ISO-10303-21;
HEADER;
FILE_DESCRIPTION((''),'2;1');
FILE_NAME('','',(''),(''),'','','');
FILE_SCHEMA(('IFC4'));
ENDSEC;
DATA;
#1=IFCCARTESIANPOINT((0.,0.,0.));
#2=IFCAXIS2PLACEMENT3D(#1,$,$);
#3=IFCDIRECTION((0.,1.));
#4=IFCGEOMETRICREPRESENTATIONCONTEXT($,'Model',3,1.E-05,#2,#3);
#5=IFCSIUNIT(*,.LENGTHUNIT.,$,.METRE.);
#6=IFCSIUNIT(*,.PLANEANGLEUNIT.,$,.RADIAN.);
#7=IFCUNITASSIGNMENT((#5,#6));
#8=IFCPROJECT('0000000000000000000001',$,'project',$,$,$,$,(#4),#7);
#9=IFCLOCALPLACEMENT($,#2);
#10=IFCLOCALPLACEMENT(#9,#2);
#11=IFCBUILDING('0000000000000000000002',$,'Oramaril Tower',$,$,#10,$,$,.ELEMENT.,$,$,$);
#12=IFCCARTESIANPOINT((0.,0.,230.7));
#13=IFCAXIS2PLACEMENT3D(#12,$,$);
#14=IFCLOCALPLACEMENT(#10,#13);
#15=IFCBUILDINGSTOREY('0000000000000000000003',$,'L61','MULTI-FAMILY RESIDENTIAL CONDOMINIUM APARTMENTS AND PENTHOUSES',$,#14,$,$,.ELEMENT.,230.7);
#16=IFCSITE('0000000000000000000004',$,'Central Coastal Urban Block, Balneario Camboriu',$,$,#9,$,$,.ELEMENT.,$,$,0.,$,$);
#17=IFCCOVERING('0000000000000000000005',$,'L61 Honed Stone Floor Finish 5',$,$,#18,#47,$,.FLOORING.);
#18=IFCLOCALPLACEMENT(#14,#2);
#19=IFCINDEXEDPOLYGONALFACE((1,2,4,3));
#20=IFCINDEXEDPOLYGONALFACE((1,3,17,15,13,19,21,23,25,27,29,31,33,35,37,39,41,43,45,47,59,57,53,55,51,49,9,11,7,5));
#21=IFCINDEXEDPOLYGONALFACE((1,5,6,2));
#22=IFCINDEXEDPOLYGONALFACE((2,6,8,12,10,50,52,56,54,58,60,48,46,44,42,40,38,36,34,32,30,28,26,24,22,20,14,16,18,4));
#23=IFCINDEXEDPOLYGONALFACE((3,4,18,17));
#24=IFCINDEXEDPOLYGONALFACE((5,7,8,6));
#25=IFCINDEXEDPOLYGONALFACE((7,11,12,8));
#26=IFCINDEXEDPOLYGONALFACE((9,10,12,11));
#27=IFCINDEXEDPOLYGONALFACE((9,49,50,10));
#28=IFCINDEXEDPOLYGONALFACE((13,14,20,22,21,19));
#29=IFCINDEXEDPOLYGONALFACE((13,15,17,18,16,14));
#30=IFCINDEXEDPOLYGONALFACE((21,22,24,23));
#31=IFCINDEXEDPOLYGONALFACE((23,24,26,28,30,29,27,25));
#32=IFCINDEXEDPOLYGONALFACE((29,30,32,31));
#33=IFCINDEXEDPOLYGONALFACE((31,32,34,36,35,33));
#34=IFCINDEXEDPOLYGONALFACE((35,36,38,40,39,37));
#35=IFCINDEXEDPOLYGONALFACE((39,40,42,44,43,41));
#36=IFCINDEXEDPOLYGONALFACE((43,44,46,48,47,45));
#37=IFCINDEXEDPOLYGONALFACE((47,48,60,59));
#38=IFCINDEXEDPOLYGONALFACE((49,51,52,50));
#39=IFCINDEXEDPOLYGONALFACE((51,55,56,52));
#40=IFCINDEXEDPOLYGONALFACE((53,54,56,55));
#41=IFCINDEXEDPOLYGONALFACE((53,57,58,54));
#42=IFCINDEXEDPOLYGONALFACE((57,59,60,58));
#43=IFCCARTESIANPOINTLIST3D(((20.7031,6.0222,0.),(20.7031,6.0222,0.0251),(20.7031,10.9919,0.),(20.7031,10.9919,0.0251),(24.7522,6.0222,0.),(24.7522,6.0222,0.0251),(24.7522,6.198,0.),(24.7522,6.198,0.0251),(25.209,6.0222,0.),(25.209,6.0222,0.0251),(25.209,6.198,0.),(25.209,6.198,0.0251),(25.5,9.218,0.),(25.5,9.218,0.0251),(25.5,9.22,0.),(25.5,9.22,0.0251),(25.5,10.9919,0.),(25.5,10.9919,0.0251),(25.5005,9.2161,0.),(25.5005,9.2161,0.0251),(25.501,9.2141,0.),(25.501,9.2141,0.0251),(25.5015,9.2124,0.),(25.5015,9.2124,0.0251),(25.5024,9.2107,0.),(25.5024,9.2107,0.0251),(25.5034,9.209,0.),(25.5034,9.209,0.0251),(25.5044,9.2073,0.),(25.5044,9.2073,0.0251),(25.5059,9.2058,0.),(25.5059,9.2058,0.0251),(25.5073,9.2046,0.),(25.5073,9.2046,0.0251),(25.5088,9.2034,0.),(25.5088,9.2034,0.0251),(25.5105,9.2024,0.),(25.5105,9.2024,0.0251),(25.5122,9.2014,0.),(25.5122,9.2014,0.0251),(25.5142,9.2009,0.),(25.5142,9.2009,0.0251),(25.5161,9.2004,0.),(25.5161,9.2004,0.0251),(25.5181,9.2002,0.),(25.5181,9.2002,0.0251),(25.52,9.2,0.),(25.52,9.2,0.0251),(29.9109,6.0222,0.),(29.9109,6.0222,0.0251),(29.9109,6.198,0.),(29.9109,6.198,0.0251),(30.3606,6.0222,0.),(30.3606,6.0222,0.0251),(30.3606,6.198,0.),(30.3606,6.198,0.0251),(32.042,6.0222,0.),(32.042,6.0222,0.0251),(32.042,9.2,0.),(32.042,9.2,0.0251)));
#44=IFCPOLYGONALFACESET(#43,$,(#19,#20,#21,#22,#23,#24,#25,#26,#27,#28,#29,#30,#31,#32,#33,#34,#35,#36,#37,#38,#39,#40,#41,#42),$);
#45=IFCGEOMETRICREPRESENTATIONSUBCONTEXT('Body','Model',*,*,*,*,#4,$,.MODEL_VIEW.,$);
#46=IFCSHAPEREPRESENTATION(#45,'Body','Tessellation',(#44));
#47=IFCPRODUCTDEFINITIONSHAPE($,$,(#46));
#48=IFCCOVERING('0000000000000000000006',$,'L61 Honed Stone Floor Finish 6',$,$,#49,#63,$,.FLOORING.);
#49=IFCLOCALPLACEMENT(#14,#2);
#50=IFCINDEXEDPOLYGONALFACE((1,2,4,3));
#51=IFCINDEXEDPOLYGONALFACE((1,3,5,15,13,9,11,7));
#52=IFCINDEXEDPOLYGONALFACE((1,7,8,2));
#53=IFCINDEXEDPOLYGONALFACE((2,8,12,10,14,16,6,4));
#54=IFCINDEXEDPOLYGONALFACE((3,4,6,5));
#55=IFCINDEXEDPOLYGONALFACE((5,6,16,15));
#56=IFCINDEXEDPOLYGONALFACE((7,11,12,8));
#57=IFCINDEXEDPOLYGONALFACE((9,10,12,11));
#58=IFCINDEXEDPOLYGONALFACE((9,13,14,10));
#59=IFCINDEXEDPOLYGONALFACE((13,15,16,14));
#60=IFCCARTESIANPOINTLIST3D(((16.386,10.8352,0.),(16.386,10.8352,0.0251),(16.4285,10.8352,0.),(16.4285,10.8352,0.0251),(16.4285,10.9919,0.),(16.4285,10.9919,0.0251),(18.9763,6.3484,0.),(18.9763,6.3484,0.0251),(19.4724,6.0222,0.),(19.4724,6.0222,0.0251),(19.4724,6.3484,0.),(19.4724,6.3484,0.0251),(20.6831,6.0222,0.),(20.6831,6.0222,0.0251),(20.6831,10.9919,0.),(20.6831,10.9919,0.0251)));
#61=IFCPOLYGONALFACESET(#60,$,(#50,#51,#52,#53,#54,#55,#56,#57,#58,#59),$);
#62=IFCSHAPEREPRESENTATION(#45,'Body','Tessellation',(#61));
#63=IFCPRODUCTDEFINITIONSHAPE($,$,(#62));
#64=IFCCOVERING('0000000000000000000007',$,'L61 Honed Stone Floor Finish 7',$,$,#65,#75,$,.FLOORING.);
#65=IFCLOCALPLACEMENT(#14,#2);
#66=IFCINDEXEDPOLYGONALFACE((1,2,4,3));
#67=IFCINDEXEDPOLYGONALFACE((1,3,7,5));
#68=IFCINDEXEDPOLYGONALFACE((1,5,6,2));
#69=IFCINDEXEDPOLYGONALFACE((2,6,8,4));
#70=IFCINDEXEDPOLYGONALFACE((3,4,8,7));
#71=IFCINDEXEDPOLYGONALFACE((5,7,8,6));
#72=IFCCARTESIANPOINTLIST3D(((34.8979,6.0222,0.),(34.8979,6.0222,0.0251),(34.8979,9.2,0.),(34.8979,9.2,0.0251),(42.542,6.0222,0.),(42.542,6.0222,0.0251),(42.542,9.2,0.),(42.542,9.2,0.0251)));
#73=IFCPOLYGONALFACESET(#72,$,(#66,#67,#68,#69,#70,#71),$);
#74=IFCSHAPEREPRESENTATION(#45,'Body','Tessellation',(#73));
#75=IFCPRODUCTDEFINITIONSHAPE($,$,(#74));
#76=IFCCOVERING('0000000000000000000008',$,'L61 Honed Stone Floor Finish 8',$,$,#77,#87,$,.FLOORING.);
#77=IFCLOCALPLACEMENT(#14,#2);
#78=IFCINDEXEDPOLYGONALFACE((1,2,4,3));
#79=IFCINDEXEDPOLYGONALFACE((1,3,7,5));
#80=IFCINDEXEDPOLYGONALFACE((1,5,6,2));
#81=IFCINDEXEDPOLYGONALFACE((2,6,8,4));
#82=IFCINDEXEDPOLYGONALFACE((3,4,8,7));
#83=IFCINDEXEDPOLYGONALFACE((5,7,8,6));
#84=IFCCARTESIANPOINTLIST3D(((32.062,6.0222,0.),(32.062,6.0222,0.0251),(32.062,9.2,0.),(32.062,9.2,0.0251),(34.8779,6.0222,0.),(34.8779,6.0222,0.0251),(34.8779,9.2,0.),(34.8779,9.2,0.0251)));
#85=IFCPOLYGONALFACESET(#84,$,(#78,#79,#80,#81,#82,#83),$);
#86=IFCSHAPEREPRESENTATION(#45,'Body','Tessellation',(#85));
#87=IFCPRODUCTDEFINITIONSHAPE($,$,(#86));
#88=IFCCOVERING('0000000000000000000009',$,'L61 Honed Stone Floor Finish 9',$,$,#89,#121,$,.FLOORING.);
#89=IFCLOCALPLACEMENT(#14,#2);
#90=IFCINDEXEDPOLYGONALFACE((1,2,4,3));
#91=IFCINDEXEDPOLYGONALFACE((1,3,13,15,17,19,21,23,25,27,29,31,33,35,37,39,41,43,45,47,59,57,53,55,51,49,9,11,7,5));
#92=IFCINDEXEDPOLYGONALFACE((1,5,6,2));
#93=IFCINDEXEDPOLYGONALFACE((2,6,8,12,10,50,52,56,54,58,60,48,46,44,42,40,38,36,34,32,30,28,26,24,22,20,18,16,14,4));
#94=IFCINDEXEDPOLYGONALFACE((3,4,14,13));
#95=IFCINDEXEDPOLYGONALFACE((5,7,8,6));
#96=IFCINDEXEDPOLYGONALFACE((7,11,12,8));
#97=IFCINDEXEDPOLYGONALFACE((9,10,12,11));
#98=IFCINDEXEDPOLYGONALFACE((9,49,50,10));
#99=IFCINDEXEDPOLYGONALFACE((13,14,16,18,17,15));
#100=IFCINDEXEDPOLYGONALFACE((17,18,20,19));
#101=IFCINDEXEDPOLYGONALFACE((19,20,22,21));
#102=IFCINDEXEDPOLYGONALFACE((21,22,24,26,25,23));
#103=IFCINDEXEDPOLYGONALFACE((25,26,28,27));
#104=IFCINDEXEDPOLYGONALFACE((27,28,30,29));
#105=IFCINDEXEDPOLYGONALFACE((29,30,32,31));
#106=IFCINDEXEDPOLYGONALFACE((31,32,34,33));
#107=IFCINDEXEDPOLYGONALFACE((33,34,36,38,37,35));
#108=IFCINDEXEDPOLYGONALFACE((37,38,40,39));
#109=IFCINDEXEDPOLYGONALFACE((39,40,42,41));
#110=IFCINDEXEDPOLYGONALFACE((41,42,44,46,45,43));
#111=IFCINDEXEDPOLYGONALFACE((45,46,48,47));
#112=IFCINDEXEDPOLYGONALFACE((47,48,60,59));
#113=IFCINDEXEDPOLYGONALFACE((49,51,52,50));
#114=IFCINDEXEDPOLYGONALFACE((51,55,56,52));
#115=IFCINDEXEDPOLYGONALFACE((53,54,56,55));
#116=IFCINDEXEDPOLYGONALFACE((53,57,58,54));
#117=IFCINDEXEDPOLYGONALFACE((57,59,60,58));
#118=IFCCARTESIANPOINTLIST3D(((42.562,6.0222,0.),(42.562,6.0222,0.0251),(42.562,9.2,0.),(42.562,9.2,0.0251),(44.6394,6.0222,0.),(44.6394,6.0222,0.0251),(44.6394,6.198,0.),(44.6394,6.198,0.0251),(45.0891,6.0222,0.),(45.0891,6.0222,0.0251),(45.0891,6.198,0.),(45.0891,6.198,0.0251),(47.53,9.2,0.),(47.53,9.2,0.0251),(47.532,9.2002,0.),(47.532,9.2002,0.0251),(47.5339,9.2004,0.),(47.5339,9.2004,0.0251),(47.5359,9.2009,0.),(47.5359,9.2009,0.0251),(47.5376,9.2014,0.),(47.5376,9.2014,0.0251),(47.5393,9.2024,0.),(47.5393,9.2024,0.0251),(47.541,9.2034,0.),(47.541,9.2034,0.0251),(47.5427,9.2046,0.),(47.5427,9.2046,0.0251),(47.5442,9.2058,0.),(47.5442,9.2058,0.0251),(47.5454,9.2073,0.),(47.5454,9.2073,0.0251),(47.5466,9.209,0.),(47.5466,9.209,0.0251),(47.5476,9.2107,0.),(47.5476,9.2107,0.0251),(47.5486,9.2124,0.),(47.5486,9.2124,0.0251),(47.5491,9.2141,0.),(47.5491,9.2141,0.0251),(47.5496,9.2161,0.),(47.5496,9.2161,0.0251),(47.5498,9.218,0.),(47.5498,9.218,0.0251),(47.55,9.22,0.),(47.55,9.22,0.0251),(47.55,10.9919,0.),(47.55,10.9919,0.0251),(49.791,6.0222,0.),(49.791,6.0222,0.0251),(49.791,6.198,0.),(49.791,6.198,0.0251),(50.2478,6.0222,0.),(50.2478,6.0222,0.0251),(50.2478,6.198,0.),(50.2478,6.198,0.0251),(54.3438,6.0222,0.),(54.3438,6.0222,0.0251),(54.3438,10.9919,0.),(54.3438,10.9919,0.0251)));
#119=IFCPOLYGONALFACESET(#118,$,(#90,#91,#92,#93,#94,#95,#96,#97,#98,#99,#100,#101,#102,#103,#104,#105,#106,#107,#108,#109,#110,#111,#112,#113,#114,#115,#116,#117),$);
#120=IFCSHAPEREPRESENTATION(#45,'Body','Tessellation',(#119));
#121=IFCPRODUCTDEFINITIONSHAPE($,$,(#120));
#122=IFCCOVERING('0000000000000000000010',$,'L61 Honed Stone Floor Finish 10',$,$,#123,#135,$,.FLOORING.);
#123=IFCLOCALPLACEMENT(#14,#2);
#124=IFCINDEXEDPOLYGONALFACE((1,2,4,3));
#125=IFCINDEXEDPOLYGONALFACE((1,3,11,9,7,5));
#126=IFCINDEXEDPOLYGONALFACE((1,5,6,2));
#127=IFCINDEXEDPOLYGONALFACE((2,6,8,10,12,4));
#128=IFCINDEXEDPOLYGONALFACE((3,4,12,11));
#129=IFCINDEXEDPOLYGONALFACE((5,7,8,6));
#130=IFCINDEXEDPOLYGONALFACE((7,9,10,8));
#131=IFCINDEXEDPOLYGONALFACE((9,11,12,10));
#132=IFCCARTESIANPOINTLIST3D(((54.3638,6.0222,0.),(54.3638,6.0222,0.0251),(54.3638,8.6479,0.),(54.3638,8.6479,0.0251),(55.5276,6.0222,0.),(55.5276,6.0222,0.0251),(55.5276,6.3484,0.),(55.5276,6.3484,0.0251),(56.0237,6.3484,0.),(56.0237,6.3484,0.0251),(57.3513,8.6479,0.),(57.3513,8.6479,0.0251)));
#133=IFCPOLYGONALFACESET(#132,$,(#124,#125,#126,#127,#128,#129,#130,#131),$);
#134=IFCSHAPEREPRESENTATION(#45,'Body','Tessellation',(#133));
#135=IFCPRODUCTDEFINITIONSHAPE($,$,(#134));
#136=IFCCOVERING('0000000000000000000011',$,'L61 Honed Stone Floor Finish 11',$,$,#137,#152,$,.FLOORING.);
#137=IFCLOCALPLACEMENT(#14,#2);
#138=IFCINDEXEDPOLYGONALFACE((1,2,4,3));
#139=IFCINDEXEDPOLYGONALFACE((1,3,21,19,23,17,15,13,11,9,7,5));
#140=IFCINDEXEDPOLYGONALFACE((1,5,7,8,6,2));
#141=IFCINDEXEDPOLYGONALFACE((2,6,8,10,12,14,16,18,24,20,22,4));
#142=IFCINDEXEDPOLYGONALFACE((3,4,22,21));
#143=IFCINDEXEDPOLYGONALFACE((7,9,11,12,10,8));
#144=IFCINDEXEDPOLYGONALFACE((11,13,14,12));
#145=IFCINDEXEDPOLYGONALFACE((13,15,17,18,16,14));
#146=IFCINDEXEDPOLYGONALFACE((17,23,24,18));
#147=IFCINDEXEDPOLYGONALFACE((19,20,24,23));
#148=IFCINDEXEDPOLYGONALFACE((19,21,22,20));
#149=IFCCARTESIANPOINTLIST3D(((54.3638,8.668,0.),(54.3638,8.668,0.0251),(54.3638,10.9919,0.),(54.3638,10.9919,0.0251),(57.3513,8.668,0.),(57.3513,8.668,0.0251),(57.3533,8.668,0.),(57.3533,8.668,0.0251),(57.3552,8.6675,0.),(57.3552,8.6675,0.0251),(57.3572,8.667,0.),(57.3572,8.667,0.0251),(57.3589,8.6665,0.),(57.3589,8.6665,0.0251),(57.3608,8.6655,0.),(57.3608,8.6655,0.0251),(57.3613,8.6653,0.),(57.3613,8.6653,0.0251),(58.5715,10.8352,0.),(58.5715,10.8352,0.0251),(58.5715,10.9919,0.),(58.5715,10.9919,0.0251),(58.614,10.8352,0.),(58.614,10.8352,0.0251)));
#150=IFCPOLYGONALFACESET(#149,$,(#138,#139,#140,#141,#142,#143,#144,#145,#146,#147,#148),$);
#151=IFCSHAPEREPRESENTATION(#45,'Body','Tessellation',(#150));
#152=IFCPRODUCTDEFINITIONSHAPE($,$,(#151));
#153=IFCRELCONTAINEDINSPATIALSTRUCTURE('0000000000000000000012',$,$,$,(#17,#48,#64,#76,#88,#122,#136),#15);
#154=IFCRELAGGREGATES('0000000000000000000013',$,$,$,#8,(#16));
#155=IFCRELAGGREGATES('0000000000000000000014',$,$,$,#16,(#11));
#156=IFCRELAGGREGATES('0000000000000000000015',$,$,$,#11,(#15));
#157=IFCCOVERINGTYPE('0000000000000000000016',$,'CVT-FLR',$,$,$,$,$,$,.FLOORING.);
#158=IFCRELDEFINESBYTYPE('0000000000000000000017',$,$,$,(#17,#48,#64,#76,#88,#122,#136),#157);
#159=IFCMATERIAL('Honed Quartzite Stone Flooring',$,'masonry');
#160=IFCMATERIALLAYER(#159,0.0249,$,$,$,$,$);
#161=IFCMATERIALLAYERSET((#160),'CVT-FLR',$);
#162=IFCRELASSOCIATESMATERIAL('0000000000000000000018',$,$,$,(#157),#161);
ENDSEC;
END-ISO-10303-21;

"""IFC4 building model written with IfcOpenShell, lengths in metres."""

from ifc_helpers import new_model, si_unit, direction, frame, origin, place, context, subcontext, project, spatial, polyline, outline, extrude, material, layer, layer_set, type_object, element, save


model = new_model("IFC4")

# Units and contexts
model_context = context("Model", 3, precision=1e-05, world=origin(), true_north=direction((0.0, 1.0)))
body_context = subcontext(model_context, "Body", "Model", "MODEL_VIEW")
ifc_project = project(units=[si_unit("LENGTHUNIT", "METRE"), si_unit("PLANEANGLEUNIT", "RADIAN")], contexts=[model_context])

# Site, building, storey
site_placement = place(None, origin())
site = spatial("IfcSite", under=ifc_project, at=site_placement, Name="Central Coastal Urban Block, Balneario Camboriu", CompositionType="ELEMENT", RefElevation=0.0)
building_placement = place(site_placement, origin())
building = spatial("IfcBuilding", under=site, at=building_placement, Name="Oramaril Tower", CompositionType="ELEMENT")
storey_placement = place(building_placement, frame((0.0, 0.0, 230.7)))
storey = spatial("IfcBuildingStorey", under=building, at=storey_placement, Name="L61", Description="MULTI-FAMILY RESIDENTIAL CONDOMINIUM APARTMENTS AND PENTHOUSES", CompositionType="ELEMENT", Elevation=230.7)

# Coverings
ifc_material_1 = material(Name="Honed Quartzite Stone Flooring", Category="masonry")
ifc_layer_1 = layer(ifc_material_1, 0.0249)
ifc_layer_set_1 = layer_set([ifc_layer_1], Name="CVT-FLR")
covering_type_1 = type_object("IfcCoveringType", Name="CVT-FLR", PredefinedType="FLOORING", material=ifc_layer_set_1)
covering_1_placement = place(storey_placement, origin())
element("IfcCovering", 1, at=covering_1_placement, inside=storey, type_object=covering_type_1, Name="L61 Honed Stone Floor Finish 5", PredefinedType="FLOORING", context=body_context, shape_type="SweptSolid", body=[
    extrude(outline(polyline([(32.042, 6.0222), (30.3606, 6.0222), (30.3606, 6.198), (29.9109, 6.198), (29.9109, 6.0222), (25.209, 6.0222), (25.209, 6.198), (24.7522, 6.198), (24.7522, 6.0222), (20.7031, 6.0222), (20.7031, 10.9919), (25.5, 10.9919), (25.5, 9.22), (25.5, 9.218), (25.5005, 9.2161), (25.501, 9.2141), (25.5015, 9.2124), (25.5024, 9.2107), (25.5034, 9.209), (25.5044, 9.2073), (25.5059, 9.2058), (25.5073, 9.2046), (25.5088, 9.2034), (25.5105, 9.2024), (25.5122, 9.2014), (25.5142, 9.2009), (25.5161, 9.2004), (25.5181, 9.2002), (25.52, 9.2), (32.042, 9.2), (32.042, 6.0222)])), origin(), (0.0, 0.0, 1.0), 0.0251),
])
covering_2_placement = place(storey_placement, origin())
element("IfcCovering", 2, at=covering_2_placement, inside=storey, type_object=covering_type_1, Name="L61 Honed Stone Floor Finish 6", PredefinedType="FLOORING", context=body_context, shape_type="SweptSolid", body=[
    extrude(outline(polyline([(19.4724, 6.0222), (19.4724, 6.3484), (18.9763, 6.3484), (16.386, 10.8352), (16.4285, 10.8352), (16.4285, 10.9919), (20.6831, 10.9919), (20.6831, 6.0222), (19.4724, 6.0222)])), origin(), (0.0, 0.0, 1.0), 0.0251),
])
covering_3_placement = place(storey_placement, origin())
element("IfcCovering", 3, at=covering_3_placement, inside=storey, type_object=covering_type_1, Name="L61 Honed Stone Floor Finish 7", PredefinedType="FLOORING", context=body_context, shape_type="SweptSolid", body=[
    extrude(outline(polyline([(34.8979, 6.0222), (34.8979, 9.2), (42.542, 9.2), (42.542, 6.0222), (34.8979, 6.0222)])), origin(), (0.0, 0.0, 1.0), 0.0251),
])
covering_4_placement = place(storey_placement, origin())
element("IfcCovering", 4, at=covering_4_placement, inside=storey, type_object=covering_type_1, Name="L61 Honed Stone Floor Finish 8", PredefinedType="FLOORING", context=body_context, shape_type="SweptSolid", body=[
    extrude(outline(polyline([(32.062, 6.0222), (32.062, 9.2), (34.8779, 9.2), (34.8779, 6.0222), (32.062, 6.0222)])), origin(), (0.0, 0.0, 1.0), 0.0251),
])
covering_5_placement = place(storey_placement, origin())
element("IfcCovering", 5, at=covering_5_placement, inside=storey, type_object=covering_type_1, Name="L61 Honed Stone Floor Finish 9", PredefinedType="FLOORING", context=body_context, shape_type="SweptSolid", body=[
    extrude(outline(polyline([(54.3438, 10.9919), (54.3438, 6.0222), (50.2478, 6.0222), (50.2478, 6.198), (49.791, 6.198), (49.791, 6.0222), (45.0891, 6.0222), (45.0891, 6.198), (44.6394, 6.198), (44.6394, 6.0222), (42.562, 6.0222), (42.562, 9.2), (47.53, 9.2), (47.532, 9.2002), (47.5339, 9.2004), (47.5359, 9.2009), (47.5376, 9.2014), (47.5393, 9.2024), (47.541, 9.2034), (47.5427, 9.2046), (47.5442, 9.2058), (47.5454, 9.2073), (47.5466, 9.209), (47.5476, 9.2107), (47.5486, 9.2124), (47.5491, 9.2141), (47.5496, 9.2161), (47.5498, 9.218), (47.55, 9.22), (47.55, 10.9919), (54.3438, 10.9919)])), origin(), (0.0, 0.0, 1.0), 0.0251),
])
covering_6_placement = place(storey_placement, origin())
element("IfcCovering", 6, at=covering_6_placement, inside=storey, type_object=covering_type_1, Name="L61 Honed Stone Floor Finish 10", PredefinedType="FLOORING", context=body_context, shape_type="SweptSolid", body=[
    extrude(outline(polyline([(56.0237, 6.3484), (55.5276, 6.3484), (55.5276, 6.0222), (54.3638, 6.0222), (54.3638, 8.6479), (57.3513, 8.6479), (56.0237, 6.3484)])), origin(), (0.0, 0.0, 1.0), 0.0251),
])
covering_7_placement = place(storey_placement, origin())
element("IfcCovering", 7, at=covering_7_placement, inside=storey, type_object=covering_type_1, Name="L61 Honed Stone Floor Finish 11", PredefinedType="FLOORING", context=body_context, shape_type="SweptSolid", body=[
    extrude(outline(polyline([(58.5715, 10.8352), (58.614, 10.8352), (57.3613, 8.6653), (57.3608, 8.6655), (57.3589, 8.6665), (57.3572, 8.667), (57.3552, 8.6675), (57.3533, 8.668), (57.3513, 8.668), (54.3638, 8.668), (54.3638, 10.9919), (58.5715, 10.9919), (58.5715, 10.8352)])), origin(), (0.0, 0.0, 1.0), 0.0251),
])

save(model, "model.ifc")
